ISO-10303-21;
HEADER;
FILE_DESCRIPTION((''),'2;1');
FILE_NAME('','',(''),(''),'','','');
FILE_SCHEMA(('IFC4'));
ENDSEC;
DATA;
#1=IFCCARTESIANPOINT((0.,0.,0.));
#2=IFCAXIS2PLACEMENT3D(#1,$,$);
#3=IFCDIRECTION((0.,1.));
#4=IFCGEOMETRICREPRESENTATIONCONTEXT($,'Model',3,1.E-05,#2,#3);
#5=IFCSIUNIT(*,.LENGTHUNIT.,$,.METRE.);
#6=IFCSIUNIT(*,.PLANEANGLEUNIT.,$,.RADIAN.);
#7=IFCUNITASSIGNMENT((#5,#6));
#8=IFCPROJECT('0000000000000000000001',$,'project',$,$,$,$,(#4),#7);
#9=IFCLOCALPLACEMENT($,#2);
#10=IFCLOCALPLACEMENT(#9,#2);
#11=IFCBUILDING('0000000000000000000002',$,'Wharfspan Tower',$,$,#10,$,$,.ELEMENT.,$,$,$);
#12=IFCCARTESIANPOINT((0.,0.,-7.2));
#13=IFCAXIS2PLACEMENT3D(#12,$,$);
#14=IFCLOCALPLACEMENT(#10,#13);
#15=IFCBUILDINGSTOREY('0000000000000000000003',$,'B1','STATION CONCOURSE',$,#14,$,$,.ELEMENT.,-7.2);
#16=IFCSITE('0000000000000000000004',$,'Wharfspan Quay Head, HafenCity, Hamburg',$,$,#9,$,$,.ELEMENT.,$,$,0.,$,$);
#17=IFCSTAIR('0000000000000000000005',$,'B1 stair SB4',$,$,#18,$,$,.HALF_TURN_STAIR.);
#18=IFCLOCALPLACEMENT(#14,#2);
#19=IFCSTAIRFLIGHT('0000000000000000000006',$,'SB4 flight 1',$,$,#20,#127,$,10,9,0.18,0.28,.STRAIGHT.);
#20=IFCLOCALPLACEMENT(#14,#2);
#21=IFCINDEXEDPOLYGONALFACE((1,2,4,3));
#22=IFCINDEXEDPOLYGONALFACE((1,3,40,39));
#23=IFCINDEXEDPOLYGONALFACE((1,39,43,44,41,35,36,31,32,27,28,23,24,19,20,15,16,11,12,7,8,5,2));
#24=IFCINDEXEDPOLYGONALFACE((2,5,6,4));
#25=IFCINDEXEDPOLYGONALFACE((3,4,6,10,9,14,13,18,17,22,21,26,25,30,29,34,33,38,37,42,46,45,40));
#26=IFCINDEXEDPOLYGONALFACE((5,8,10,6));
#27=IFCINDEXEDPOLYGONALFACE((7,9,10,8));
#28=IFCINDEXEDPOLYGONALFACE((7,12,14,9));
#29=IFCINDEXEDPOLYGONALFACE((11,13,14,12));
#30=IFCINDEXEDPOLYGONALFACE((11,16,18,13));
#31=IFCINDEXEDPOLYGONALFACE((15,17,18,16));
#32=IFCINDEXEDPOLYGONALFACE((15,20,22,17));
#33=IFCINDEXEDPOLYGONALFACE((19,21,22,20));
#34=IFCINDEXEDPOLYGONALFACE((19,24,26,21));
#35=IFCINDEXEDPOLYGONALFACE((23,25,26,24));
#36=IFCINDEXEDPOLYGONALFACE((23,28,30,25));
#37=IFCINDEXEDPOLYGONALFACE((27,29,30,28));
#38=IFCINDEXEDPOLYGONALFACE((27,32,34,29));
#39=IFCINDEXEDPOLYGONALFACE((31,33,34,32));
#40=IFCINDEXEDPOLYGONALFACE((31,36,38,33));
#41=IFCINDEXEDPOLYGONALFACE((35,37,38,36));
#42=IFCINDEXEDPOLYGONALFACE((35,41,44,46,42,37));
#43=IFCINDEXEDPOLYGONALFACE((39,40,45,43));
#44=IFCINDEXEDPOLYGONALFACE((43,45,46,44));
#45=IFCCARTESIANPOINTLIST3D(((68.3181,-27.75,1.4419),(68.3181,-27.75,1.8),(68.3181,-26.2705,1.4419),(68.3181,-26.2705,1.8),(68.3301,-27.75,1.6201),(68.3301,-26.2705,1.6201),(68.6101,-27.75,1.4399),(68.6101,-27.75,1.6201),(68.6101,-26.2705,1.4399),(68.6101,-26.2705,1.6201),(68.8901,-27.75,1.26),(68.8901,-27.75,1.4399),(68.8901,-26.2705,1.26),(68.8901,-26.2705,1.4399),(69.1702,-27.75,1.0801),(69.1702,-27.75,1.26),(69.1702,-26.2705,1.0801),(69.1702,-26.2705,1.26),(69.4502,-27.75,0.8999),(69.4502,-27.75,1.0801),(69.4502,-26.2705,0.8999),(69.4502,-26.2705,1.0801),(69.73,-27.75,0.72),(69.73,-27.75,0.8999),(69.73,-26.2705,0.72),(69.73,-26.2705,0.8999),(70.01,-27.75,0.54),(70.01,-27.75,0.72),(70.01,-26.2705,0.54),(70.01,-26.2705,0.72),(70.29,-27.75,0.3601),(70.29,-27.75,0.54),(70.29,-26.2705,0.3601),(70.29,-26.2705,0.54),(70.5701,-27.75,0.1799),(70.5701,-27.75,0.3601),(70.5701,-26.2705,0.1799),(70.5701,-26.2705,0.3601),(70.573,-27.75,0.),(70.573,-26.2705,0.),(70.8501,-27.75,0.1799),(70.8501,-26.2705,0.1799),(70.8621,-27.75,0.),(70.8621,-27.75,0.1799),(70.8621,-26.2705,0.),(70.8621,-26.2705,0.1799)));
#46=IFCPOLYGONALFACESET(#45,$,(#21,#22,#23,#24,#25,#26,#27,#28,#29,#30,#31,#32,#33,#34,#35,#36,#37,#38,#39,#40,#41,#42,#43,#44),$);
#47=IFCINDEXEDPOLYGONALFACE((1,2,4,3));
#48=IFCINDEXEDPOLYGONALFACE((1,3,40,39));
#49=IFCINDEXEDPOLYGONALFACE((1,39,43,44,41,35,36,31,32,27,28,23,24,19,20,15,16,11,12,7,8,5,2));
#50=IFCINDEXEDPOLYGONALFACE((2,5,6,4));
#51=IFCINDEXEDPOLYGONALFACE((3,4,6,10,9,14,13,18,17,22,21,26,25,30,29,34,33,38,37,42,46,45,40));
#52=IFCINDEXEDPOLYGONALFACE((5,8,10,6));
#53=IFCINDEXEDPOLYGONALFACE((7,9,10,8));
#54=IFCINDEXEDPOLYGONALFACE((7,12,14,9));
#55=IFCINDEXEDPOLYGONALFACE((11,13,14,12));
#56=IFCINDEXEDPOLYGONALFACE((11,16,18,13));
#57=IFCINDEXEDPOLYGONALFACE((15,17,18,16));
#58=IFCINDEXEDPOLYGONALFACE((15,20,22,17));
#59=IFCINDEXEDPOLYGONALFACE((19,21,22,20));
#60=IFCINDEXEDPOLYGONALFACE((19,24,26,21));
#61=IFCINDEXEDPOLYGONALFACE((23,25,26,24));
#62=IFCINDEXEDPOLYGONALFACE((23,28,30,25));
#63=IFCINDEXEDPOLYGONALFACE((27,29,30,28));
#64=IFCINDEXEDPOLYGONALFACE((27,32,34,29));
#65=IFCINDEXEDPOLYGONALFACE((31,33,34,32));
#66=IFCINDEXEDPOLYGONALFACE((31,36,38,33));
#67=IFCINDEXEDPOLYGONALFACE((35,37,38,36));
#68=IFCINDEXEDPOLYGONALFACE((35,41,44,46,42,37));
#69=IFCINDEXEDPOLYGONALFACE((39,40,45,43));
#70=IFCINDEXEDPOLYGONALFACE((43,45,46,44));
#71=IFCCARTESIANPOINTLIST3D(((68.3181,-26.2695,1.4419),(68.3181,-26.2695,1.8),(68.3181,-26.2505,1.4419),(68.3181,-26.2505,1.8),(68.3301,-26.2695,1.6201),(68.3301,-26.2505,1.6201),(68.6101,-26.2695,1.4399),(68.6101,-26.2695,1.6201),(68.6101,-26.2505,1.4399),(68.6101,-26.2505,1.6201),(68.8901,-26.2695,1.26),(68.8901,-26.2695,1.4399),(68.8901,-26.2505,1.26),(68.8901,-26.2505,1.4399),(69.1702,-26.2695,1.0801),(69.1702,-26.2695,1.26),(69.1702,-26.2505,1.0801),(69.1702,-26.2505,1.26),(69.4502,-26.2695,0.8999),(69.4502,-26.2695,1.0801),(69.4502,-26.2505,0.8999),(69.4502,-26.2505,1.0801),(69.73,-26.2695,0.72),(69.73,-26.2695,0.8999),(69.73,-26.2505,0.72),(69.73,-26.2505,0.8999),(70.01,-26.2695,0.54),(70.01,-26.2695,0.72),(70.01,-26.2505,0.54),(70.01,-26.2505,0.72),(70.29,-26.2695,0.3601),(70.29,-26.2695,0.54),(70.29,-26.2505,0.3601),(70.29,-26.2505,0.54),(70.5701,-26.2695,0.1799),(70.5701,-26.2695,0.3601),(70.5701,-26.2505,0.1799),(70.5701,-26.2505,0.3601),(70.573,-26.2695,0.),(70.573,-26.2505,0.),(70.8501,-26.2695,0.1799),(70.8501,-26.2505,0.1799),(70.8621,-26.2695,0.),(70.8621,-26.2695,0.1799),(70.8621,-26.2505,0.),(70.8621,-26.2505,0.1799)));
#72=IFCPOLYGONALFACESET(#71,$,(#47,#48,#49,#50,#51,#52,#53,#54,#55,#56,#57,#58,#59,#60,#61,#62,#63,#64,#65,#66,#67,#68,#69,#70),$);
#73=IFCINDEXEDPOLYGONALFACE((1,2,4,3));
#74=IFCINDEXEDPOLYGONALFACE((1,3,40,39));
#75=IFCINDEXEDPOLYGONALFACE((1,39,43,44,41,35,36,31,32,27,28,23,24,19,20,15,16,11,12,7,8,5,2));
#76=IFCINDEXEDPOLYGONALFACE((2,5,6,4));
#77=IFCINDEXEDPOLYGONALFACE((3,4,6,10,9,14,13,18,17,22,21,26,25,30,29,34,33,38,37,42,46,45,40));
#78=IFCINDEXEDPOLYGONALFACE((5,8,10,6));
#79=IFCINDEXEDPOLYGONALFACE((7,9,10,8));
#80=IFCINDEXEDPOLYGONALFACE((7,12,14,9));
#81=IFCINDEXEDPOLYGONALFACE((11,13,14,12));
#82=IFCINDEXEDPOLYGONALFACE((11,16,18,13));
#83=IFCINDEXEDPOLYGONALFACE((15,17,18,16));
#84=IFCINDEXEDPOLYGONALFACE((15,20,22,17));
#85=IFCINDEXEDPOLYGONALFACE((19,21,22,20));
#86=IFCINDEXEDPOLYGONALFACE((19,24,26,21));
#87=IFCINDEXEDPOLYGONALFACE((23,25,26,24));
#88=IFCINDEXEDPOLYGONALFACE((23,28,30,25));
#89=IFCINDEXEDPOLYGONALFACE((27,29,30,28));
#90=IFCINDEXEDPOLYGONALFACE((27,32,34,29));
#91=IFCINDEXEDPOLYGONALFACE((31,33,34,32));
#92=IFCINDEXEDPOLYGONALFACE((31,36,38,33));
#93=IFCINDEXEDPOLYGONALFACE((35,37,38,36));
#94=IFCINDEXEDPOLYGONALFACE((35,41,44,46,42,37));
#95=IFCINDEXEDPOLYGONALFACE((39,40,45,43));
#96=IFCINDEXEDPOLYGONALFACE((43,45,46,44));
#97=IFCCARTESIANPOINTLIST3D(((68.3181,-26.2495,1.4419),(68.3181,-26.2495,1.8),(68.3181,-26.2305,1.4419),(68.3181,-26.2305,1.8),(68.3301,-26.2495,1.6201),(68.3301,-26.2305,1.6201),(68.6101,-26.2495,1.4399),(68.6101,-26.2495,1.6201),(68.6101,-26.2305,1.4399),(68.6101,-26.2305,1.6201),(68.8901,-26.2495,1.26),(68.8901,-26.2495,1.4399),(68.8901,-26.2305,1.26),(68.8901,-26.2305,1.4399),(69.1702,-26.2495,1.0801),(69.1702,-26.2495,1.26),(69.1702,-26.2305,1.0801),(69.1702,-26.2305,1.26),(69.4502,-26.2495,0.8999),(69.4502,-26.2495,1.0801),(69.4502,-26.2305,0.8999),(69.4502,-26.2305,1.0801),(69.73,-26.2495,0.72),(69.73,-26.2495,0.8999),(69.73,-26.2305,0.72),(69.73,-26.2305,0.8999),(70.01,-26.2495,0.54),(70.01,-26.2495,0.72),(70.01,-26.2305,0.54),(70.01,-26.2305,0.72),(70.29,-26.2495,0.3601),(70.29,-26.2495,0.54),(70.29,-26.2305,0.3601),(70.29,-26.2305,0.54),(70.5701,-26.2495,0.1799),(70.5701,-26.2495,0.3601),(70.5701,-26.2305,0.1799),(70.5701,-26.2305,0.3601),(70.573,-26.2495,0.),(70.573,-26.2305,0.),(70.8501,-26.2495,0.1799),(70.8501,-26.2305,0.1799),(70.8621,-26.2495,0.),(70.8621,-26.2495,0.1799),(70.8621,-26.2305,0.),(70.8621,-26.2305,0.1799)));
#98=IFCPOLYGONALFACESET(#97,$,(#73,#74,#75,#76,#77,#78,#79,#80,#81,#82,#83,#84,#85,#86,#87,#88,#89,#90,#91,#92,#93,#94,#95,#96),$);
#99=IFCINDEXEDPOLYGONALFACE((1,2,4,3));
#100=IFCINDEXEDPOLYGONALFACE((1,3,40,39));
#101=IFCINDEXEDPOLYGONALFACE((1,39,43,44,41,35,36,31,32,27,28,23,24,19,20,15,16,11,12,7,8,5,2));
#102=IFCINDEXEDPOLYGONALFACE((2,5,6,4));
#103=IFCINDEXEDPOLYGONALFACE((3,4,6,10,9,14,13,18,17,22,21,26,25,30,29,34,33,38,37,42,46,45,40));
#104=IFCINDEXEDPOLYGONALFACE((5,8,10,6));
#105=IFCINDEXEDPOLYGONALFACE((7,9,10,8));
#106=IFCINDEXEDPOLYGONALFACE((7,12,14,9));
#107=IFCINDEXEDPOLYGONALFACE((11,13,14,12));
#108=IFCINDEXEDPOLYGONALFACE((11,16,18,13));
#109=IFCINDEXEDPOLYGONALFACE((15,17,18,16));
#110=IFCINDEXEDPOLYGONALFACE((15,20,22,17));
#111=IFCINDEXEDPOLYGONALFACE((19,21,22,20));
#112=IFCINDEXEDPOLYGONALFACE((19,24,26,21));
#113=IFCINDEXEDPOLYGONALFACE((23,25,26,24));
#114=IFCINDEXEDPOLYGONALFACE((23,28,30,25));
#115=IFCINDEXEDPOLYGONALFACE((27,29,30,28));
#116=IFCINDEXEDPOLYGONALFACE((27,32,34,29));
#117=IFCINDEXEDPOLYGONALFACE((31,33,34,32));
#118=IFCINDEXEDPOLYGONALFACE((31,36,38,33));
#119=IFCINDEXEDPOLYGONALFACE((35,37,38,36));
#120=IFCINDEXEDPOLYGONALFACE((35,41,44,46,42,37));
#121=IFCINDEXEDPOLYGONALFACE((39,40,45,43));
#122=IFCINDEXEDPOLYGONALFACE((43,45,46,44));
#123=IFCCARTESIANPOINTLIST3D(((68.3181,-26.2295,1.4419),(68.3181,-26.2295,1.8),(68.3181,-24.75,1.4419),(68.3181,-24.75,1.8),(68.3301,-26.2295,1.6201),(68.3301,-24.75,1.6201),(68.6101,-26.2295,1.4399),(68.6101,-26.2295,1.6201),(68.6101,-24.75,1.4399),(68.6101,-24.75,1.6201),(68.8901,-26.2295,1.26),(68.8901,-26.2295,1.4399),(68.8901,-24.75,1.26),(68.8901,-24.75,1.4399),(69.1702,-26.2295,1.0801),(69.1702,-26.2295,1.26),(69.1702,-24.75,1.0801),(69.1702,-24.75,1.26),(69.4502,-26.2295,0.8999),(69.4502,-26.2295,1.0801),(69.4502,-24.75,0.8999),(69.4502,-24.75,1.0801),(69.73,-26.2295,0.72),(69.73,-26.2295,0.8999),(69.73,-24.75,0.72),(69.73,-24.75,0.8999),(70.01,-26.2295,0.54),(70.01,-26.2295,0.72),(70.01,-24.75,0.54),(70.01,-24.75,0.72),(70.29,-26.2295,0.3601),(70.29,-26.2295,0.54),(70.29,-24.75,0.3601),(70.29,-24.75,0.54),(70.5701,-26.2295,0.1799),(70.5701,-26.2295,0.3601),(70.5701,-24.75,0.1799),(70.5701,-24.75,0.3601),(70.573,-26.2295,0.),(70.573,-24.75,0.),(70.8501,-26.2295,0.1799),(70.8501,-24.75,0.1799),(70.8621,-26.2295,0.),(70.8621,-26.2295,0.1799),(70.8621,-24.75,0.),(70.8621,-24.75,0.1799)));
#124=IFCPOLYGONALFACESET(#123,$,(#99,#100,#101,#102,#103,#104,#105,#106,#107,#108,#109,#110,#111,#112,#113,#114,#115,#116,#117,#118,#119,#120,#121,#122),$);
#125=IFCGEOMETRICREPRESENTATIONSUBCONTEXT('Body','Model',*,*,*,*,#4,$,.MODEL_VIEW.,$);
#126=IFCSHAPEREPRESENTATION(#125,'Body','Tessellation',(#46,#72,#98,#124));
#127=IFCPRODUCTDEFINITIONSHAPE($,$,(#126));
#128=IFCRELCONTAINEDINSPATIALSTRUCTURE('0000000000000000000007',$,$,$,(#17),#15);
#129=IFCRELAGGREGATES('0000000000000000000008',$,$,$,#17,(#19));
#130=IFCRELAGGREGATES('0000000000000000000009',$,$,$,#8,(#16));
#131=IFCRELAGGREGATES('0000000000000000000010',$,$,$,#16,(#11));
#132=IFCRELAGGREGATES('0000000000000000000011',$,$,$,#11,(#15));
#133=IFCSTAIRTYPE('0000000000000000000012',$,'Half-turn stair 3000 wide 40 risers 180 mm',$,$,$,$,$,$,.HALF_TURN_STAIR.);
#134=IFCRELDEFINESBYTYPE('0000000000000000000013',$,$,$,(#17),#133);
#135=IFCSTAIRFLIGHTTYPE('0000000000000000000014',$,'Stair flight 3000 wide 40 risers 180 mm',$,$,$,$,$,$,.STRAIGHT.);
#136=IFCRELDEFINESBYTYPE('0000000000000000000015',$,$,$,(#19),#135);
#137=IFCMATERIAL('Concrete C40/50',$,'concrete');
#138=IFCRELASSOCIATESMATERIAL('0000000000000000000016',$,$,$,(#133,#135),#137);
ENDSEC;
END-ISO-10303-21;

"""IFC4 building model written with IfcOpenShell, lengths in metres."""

from ifc_helpers import new_model, si_unit, direction, frame, origin, place, context, subcontext, project, spatial, polyline, outline, extrude, material, type_object, element, aggregate, save


model = new_model("IFC4")

# Units and contexts
model_context = context("Model", 3, precision=1e-05, world=origin(), true_north=direction((0.0, 1.0)))
body_context = subcontext(model_context, "Body", "Model", "MODEL_VIEW")
ifc_project = project(units=[si_unit("LENGTHUNIT", "METRE"), si_unit("PLANEANGLEUNIT", "RADIAN")], contexts=[model_context])

# Site, building, storey
site_placement = place(None, origin())
site = spatial("IfcSite", under=ifc_project, at=site_placement, Name="Wharfspan Quay Head, HafenCity, Hamburg", CompositionType="ELEMENT", RefElevation=0.0)
building_placement = place(site_placement, origin())
building = spatial("IfcBuilding", under=site, at=building_placement, Name="Wharfspan Tower", CompositionType="ELEMENT")
storey_placement = place(building_placement, frame((0.0, 0.0, -7.2)))
storey = spatial("IfcBuildingStorey", under=building, at=storey_placement, Name="B1", Description="STATION CONCOURSE", CompositionType="ELEMENT", Elevation=-7.2)

# Shared definitions
ifc_material_1 = material(Name="Concrete C40/50", Category="concrete")

# Stair, stair flight
stair_type = type_object("IfcStairType", Name="Half-turn stair 3000 wide 40 risers 180 mm", PredefinedType="HALF_TURN_STAIR", material=ifc_material_1)
stair_placement = place(storey_placement, origin())
stair = element("IfcStair", 1, at=stair_placement, inside=storey, type_object=stair_type, Name="B1 stair SB4", PredefinedType="HALF_TURN_STAIR")
stair_flight_type = type_object("IfcStairFlightType", Name="Stair flight 3000 wide 40 risers 180 mm", PredefinedType="STRAIGHT", material=ifc_material_1)
stair_flight_1_placement = place(storey_placement, frame((70.8501, -26.25, 0.0), z_axis=(0.0, 0.0, 1.0), x_axis=(-1.0, 0.0, 0.0)))
stair_flight_1 = element("IfcStairFlight", 2, at=stair_flight_1_placement, type_object=stair_flight_type, Name="SB4 flight 1", NumberOfRisers=10, NumberOfTreads=9, PredefinedType="STRAIGHT", RiserHeight=0.18, TreadLength=0.28, context=body_context, shape_type="SweptSolid", body=[
    extrude(outline(polyline([(-0.012, 0.0), (-0.012, 0.1799), (0.0, 0.1799), (0.28, 0.1799), (0.28, 0.3601), (0.5601, 0.3601), (0.5601, 0.54), (0.8401, 0.54), (0.8401, 0.72), (1.1201, 0.72), (1.1201, 0.8999), (1.3999, 0.8999), (1.3999, 1.0801), (1.6799, 1.0801), (1.6799, 1.26), (1.96, 1.26), (1.96, 1.4399), (2.24, 1.4399), (2.24, 1.6201), (2.52, 1.6201), (2.532, 1.8), (2.532, 1.4419), (0.2771, 0.0), (-0.012, 0.0)])), frame((0.0, 1.5, 0.0), z_axis=(0.0, -1.0, 0.0), x_axis=(1.0, 0.0, 0.0)), (0.0, 0.0, 1.0), 1.4795),
    extrude(outline(polyline([(-0.012, 0.0), (-0.012, 0.1799), (0.0, 0.1799), (0.28, 0.1799), (0.28, 0.3601), (0.5601, 0.3601), (0.5601, 0.54), (0.8401, 0.54), (0.8401, 0.72), (1.1201, 0.72), (1.1201, 0.8999), (1.3999, 0.8999), (1.3999, 1.0801), (1.6799, 1.0801), (1.6799, 1.26), (1.96, 1.26), (1.96, 1.4399), (2.24, 1.4399), (2.24, 1.6201), (2.52, 1.6201), (2.532, 1.8), (2.532, 1.4419), (0.2771, 0.0), (-0.012, 0.0)])), frame((0.0, 0.0195, 0.0), z_axis=(0.0, -1.0, 0.0), x_axis=(1.0, 0.0, 0.0)), (0.0, 0.0, 1.0), 0.019),
    extrude(outline(polyline([(-0.012, 0.0), (-0.012, 0.1799), (0.0, 0.1799), (0.28, 0.1799), (0.28, 0.3601), (0.5601, 0.3601), (0.5601, 0.54), (0.8401, 0.54), (0.8401, 0.72), (1.1201, 0.72), (1.1201, 0.8999), (1.3999, 0.8999), (1.3999, 1.0801), (1.6799, 1.0801), (1.6799, 1.26), (1.96, 1.26), (1.96, 1.4399), (2.24, 1.4399), (2.24, 1.6201), (2.52, 1.6201), (2.532, 1.8), (2.532, 1.4419), (0.2771, 0.0), (-0.012, 0.0)])), frame((0.0, -0.0005, 0.0), z_axis=(0.0, -1.0, 0.0), x_axis=(1.0, 0.0, 0.0)), (0.0, 0.0, 1.0), 0.019),
    extrude(outline(polyline([(-0.012, 0.0), (-0.012, 0.1799), (0.0, 0.1799), (0.28, 0.1799), (0.28, 0.3601), (0.5601, 0.3601), (0.5601, 0.54), (0.8401, 0.54), (0.8401, 0.72), (1.1201, 0.72), (1.1201, 0.8999), (1.3999, 0.8999), (1.3999, 1.0801), (1.6799, 1.0801), (1.6799, 1.26), (1.96, 1.26), (1.96, 1.4399), (2.24, 1.4399), (2.24, 1.6201), (2.52, 1.6201), (2.532, 1.8), (2.532, 1.4419), (0.2771, 0.0), (-0.012, 0.0)])), frame((0.0, -0.0205, 0.0), z_axis=(0.0, -1.0, 0.0), x_axis=(1.0, 0.0, 0.0)), (0.0, 0.0, 1.0), 1.4795),
])
aggregate(stair, [stair_flight_1])

save(model, "model.ifc")
